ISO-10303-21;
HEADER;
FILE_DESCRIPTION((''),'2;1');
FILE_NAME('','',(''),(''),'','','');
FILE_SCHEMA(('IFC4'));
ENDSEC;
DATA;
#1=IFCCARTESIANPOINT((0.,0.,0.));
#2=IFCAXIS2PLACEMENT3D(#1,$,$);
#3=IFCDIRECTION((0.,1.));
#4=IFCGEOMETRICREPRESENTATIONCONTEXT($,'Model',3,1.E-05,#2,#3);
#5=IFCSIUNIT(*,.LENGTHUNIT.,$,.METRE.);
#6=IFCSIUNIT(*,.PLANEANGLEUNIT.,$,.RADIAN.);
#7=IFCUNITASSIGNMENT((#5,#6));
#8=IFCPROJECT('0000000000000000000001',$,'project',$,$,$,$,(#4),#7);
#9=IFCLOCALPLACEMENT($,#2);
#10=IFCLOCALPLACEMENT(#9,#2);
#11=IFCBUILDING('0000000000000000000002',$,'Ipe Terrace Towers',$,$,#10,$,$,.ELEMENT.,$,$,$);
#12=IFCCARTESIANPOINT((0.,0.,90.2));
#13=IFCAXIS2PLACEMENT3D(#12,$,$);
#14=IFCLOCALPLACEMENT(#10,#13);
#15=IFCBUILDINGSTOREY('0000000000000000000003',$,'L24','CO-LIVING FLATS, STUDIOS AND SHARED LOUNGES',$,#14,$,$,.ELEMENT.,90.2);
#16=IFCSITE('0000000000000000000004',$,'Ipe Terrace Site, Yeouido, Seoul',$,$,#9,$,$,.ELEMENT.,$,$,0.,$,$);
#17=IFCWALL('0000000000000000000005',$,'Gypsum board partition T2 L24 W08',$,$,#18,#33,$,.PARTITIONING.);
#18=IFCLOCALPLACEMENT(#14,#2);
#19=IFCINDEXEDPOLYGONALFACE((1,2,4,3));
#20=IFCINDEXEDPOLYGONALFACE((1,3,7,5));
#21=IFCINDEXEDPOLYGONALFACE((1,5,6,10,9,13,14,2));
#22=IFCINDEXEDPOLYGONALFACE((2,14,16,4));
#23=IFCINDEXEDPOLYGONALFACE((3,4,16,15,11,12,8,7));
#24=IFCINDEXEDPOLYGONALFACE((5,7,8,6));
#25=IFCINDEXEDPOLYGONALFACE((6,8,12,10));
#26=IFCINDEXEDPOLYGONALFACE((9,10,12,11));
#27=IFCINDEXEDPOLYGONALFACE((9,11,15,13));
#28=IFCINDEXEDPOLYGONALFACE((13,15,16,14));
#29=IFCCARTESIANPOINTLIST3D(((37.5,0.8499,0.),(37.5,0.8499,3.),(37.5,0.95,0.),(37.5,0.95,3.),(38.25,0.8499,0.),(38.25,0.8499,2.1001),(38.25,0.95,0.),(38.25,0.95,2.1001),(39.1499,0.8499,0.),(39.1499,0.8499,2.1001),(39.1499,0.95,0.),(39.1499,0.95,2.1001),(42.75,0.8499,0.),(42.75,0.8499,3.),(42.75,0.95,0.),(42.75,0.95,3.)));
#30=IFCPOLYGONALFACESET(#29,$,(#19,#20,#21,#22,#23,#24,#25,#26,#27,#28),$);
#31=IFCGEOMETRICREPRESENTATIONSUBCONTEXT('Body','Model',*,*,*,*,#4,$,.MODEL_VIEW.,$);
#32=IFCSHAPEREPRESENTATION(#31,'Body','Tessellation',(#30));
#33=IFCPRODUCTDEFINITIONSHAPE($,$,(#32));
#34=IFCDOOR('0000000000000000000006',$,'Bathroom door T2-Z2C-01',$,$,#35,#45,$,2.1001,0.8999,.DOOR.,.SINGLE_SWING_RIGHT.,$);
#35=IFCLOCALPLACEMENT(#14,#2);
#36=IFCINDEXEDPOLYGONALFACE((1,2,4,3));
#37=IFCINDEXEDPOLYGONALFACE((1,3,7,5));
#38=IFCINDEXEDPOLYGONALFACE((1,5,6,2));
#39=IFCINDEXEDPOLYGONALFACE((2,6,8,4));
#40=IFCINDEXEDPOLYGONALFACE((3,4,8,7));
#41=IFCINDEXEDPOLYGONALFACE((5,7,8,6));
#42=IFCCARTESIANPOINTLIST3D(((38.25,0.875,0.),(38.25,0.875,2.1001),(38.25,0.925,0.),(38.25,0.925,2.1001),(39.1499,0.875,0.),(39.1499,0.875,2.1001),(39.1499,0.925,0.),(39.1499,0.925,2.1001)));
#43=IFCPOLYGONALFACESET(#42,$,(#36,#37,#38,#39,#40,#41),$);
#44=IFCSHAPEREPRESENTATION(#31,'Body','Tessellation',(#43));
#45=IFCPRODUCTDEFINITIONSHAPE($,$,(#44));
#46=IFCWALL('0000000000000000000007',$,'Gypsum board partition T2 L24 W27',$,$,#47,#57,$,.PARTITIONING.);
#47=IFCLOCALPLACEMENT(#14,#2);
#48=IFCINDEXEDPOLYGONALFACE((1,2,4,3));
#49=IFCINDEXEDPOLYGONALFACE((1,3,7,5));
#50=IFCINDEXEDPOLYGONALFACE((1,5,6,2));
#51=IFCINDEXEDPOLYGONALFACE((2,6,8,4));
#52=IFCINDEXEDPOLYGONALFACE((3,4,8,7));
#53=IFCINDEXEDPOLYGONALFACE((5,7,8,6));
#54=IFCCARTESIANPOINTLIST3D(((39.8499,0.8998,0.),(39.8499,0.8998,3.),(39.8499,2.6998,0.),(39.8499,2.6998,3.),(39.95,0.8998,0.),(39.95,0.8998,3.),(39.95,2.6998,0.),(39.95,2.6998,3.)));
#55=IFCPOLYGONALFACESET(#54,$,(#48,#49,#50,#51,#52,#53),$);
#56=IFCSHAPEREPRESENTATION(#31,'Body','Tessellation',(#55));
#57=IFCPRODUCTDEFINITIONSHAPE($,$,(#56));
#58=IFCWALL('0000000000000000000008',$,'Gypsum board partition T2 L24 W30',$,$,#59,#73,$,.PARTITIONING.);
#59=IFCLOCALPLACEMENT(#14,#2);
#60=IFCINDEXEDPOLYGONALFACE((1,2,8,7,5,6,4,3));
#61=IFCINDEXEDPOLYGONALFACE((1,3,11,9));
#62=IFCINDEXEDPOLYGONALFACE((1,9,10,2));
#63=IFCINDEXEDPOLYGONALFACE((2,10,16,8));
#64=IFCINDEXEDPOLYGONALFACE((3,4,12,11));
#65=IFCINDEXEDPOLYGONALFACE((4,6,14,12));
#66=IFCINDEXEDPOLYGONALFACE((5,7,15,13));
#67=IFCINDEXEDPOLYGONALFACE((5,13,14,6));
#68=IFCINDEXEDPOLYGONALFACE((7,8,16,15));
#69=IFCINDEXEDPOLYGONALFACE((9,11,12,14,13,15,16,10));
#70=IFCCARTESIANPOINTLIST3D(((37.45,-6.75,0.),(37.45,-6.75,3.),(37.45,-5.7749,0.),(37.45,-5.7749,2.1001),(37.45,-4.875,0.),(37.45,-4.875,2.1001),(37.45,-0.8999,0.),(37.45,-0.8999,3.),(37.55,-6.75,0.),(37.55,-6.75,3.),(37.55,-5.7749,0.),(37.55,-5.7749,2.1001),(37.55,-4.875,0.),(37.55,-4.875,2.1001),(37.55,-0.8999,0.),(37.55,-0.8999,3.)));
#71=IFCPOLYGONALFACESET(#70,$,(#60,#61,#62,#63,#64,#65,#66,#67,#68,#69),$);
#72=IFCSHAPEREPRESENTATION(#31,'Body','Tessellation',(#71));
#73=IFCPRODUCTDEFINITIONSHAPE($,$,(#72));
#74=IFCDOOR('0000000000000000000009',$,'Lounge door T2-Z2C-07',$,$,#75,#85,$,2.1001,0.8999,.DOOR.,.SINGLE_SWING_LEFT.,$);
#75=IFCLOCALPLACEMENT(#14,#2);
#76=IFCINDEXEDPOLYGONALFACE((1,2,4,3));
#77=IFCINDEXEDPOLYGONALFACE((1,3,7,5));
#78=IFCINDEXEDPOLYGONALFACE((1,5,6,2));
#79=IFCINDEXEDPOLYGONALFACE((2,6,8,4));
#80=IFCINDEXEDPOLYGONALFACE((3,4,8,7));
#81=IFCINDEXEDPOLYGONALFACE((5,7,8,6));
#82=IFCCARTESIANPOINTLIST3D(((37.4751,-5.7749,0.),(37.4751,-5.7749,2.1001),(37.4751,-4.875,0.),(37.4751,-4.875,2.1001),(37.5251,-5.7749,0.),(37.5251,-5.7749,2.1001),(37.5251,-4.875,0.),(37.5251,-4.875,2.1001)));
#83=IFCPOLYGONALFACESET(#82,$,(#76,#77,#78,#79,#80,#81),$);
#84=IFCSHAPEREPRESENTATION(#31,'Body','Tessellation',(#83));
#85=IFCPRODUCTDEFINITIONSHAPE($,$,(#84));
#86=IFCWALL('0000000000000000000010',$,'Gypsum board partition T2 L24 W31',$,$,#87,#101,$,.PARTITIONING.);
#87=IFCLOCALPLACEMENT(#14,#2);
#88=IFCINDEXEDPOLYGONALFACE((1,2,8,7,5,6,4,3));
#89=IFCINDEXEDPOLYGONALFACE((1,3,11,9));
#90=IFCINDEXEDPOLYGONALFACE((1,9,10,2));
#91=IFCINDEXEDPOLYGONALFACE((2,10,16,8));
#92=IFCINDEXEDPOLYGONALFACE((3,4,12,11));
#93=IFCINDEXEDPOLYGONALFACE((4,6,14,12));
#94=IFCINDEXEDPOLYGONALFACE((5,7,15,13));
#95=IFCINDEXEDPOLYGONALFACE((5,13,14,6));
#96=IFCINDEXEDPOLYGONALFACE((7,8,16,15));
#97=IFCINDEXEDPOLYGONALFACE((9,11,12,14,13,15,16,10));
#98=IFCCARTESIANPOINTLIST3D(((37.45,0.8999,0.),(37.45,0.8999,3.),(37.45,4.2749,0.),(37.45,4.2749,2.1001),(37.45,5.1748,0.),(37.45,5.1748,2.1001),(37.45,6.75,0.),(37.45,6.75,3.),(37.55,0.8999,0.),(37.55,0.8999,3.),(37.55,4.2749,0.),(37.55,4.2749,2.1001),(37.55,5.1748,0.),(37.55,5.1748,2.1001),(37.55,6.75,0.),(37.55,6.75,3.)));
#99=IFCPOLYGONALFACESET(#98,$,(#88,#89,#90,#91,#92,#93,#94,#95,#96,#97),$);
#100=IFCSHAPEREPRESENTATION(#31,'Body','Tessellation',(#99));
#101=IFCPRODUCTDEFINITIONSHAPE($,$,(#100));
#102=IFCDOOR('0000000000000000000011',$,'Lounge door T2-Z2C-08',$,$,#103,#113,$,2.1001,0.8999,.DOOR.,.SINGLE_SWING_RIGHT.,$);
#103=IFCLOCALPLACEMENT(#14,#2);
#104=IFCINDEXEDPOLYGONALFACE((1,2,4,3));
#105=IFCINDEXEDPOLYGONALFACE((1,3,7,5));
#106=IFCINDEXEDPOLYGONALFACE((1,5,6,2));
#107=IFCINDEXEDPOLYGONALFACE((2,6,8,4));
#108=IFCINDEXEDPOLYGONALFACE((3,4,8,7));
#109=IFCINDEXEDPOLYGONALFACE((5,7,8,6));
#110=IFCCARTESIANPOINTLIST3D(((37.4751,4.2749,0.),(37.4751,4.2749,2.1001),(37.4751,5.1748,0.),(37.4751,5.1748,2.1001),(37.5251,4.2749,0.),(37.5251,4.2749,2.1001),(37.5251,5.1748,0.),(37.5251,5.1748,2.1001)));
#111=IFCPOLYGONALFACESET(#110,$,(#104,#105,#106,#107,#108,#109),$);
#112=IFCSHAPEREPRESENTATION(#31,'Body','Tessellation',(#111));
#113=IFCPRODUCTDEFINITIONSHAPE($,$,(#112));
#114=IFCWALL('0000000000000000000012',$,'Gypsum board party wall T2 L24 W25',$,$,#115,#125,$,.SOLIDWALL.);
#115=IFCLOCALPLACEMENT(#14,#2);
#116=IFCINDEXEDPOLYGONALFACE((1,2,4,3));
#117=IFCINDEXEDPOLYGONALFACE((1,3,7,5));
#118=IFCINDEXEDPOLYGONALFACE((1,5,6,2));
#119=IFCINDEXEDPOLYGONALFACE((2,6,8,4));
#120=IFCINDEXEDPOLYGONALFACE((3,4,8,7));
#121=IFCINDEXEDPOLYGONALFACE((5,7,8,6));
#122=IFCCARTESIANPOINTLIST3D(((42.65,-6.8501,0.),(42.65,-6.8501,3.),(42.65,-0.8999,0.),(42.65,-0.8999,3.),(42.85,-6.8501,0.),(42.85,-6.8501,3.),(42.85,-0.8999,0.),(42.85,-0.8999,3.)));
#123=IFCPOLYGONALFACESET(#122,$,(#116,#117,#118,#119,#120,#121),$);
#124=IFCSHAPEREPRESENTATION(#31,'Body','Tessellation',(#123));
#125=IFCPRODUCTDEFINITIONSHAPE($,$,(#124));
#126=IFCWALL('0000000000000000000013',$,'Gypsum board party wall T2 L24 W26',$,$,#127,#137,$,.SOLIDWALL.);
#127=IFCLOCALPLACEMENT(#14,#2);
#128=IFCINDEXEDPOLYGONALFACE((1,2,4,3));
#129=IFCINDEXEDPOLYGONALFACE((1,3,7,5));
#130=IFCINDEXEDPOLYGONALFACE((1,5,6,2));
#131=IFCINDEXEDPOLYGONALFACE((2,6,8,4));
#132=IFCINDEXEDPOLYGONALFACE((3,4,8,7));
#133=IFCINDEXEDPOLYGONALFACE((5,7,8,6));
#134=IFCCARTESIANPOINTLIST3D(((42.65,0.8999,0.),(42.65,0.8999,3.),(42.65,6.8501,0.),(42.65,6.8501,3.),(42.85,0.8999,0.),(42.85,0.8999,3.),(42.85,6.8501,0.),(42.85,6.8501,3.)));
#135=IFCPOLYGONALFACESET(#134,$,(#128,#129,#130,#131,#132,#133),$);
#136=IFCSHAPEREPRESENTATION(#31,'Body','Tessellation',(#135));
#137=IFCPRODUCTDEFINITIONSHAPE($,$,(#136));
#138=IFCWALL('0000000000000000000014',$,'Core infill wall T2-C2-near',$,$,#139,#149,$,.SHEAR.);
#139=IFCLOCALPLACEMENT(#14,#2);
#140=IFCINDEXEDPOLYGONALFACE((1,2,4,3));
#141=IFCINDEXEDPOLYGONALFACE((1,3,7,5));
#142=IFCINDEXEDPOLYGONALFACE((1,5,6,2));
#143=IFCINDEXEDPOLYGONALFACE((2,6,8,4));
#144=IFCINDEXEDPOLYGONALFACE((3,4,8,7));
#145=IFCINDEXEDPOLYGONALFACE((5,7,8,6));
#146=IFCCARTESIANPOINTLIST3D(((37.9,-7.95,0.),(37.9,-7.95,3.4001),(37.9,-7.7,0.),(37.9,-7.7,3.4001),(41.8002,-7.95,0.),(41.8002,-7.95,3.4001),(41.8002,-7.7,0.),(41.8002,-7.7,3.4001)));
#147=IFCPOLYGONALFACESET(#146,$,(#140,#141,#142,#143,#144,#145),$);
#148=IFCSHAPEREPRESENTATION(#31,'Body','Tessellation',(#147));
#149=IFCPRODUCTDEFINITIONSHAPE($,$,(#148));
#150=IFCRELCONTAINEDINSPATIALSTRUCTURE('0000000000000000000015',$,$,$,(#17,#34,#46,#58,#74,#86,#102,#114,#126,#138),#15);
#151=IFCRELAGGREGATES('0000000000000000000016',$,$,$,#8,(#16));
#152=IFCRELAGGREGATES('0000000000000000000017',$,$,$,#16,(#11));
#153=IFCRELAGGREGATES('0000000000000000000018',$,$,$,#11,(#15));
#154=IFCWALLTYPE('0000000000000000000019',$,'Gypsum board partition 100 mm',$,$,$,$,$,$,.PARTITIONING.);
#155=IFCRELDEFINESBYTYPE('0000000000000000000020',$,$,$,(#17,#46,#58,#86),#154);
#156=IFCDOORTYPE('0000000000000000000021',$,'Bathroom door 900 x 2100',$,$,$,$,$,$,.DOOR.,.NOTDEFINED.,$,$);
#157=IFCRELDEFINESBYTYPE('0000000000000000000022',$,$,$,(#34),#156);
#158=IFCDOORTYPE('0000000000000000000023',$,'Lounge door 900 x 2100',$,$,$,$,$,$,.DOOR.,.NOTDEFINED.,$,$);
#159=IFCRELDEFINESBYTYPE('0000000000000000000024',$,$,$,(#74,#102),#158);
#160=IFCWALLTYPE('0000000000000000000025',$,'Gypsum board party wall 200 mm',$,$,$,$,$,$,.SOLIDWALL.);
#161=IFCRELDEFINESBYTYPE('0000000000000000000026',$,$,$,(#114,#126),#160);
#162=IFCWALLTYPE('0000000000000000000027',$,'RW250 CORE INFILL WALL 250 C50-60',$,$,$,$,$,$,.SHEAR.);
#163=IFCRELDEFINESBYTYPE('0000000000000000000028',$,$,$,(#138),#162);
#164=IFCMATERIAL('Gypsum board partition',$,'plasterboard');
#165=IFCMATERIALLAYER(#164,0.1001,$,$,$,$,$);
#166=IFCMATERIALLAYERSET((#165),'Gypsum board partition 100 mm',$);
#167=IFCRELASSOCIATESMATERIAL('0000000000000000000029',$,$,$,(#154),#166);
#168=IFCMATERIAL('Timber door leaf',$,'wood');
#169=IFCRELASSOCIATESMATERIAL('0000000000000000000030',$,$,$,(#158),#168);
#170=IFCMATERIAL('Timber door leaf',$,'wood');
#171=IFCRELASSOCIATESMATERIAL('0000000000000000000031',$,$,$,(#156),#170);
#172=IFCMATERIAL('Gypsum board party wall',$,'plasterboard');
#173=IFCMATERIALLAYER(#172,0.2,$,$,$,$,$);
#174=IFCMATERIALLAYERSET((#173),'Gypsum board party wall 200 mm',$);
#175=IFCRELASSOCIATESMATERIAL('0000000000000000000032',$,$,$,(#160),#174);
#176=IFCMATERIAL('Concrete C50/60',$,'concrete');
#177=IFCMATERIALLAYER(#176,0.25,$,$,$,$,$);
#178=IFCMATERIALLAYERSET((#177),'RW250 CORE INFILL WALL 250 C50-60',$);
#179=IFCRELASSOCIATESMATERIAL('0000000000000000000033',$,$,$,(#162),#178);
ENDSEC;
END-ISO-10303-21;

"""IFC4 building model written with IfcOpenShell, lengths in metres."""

from ifc_helpers import new_model, si_unit, direction, frame, frame_2d, origin, place, context, subcontext, project, spatial, rectangle, extrude, material, layer, layer_set, type_object, element, fill, save


model = new_model("IFC4")

# Units and contexts
model_context = context("Model", 3, precision=1e-05, world=origin(), true_north=direction((0.0, 1.0)))
body_context = subcontext(model_context, "Body", "Model", "MODEL_VIEW")
ifc_project = project(units=[si_unit("LENGTHUNIT", "METRE"), si_unit("PLANEANGLEUNIT", "RADIAN")], contexts=[model_context])

# Site, building, storey
site_placement = place(None, origin())
site = spatial("IfcSite", under=ifc_project, at=site_placement, Name="Ipe Terrace Site, Yeouido, Seoul", CompositionType="ELEMENT", RefElevation=0.0)
building_placement = place(site_placement, origin())
building = spatial("IfcBuilding", under=site, at=building_placement, Name="Ipe Terrace Towers", CompositionType="ELEMENT")
storey_placement = place(building_placement, frame((0.0, 0.0, 90.2)))
storey = spatial("IfcBuildingStorey", under=building, at=storey_placement, Name="L24", Description="CO-LIVING FLATS, STUDIOS AND SHARED LOUNGES", CompositionType="ELEMENT", Elevation=90.2)

# Shared definitions
ifc_material_1 = material(Name="Gypsum board partition", Category="plasterboard")
ifc_layer_1 = layer(ifc_material_1, 0.1001)
ifc_layer_set_1 = layer_set([ifc_layer_1], Name="Gypsum board partition 100 mm")
wall_type_1 = type_object("IfcWallType", Name="Gypsum board partition 100 mm", PredefinedType="PARTITIONING", material=ifc_layer_set_1)

# Wall, opening, door
ifc_material_2 = material(Name="Timber door leaf", Category="wood")
door_type_1 = type_object("IfcDoorType", Name="Lounge door 900 x 2100", OperationType="NOTDEFINED", PredefinedType="DOOR", material=ifc_material_2)
wall_1_placement = place(storey_placement, frame((42.75, 0.8999, 0.0), z_axis=(0.0, 0.0, 1.0), x_axis=(-1.0, 0.0, 0.0)))
wall_1 = element("IfcWall", 1, at=wall_1_placement, inside=storey, type_object=wall_type_1, Name="Gypsum board partition T2 L24 W08", PredefinedType="PARTITIONING", context=body_context, shape_type="SweptSolid", body=[
    extrude(rectangle(XDim=5.25, YDim=0.1001, at=frame_2d((2.625, 0.0))), origin(), (0.0, 0.0, 1.0), 3.0),
])
opening_1_placement = place(wall_1_placement, frame((3.6001, 0.0, 0.0)))
opening_1 = element("IfcOpeningElement", 2, at=opening_1_placement, cuts=wall_1, PredefinedType="OPENING", context=body_context, shape_type="SweptSolid", body=[
    extrude(rectangle(XDim=0.8999, YDim=2.1001, at=frame_2d((0.45, 1.05))), frame((0.0, 0.0601, 0.0), z_axis=(0.0, -1.0, 0.0), x_axis=(1.0, 0.0, 0.0)), (0.0, 0.0, 1.0), 0.1201),
])
ifc_material_3 = material(Name="Timber door leaf", Category="wood")
door_type_2 = type_object("IfcDoorType", Name="Bathroom door 900 x 2100", OperationType="NOTDEFINED", PredefinedType="DOOR", material=ifc_material_3)
door_1_placement = place(opening_1_placement, origin())
door_1 = element("IfcDoor", 3, at=door_1_placement, inside=storey, type_object=door_type_2, Name="Bathroom door T2-Z2C-01", OperationType="SINGLE_SWING_RIGHT", OverallHeight=2.1001, OverallWidth=0.8999, PredefinedType="DOOR", context=body_context, shape_type="SweptSolid", body=[
    extrude(rectangle(XDim=0.8999, YDim=2.1001, at=frame_2d((0.45, 1.05))), frame((0.0, 0.0249, 0.0), z_axis=(0.0, -1.0, 0.0), x_axis=(1.0, 0.0, 0.0)), (0.0, 0.0, 1.0), 0.05),
])
fill(opening_1, door_1)

# Wall
wall_2_placement = place(storey_placement, frame((39.8999, 0.8999, 0.0), z_axis=(0.0, 0.0, 1.0), x_axis=(0.0, 1.0, 0.0)))
element("IfcWall", 4, at=wall_2_placement, inside=storey, type_object=wall_type_1, Name="Gypsum board partition T2 L24 W27", PredefinedType="PARTITIONING", context=body_context, shape_type="SweptSolid", body=[
    extrude(rectangle(XDim=1.8, YDim=0.1001, at=frame_2d((0.8999, 0.0))), origin(), (0.0, 0.0, 1.0), 3.0),
])

# Walls, openings, doors
wall_3_placement = place(storey_placement, frame((37.5, -6.75, 0.0), z_axis=(0.0, 0.0, 1.0), x_axis=(0.0, 1.0, 0.0)))
wall_3 = element("IfcWall", 5, at=wall_3_placement, inside=storey, type_object=wall_type_1, Name="Gypsum board partition T2 L24 W30", PredefinedType="PARTITIONING", context=body_context, shape_type="SweptSolid", body=[
    extrude(rectangle(XDim=5.8501, YDim=0.1001, at=frame_2d((2.925, 0.0))), origin(), (0.0, 0.0, 1.0), 3.0),
])
opening_2_placement = place(wall_3_placement, frame((0.9751, 0.0, 0.0)))
opening_2 = element("IfcOpeningElement", 6, at=opening_2_placement, cuts=wall_3, PredefinedType="OPENING", context=body_context, shape_type="SweptSolid", body=[
    extrude(rectangle(XDim=0.8999, YDim=2.1001, at=frame_2d((0.45, 1.05))), frame((0.0, 0.0601, 0.0), z_axis=(0.0, -1.0, 0.0), x_axis=(1.0, 0.0, 0.0)), (0.0, 0.0, 1.0), 0.1201),
])
door_2_placement = place(opening_2_placement, origin())
door_2 = element("IfcDoor", 7, at=door_2_placement, inside=storey, type_object=door_type_1, Name="Lounge door T2-Z2C-07", OperationType="SINGLE_SWING_LEFT", OverallHeight=2.1001, OverallWidth=0.8999, PredefinedType="DOOR", context=body_context, shape_type="SweptSolid", body=[
    extrude(rectangle(XDim=0.8999, YDim=2.1001, at=frame_2d((0.45, 1.05))), frame((0.0, 0.0249, 0.0), z_axis=(0.0, -1.0, 0.0), x_axis=(1.0, 0.0, 0.0)), (0.0, 0.0, 1.0), 0.05),
])
fill(opening_2, door_2)
wall_4_placement = place(storey_placement, frame((37.5, 0.8999, 0.0), z_axis=(0.0, 0.0, 1.0), x_axis=(0.0, 1.0, 0.0)))
wall_4 = element("IfcWall", 8, at=wall_4_placement, inside=storey, type_object=wall_type_1, Name="Gypsum board partition T2 L24 W31", PredefinedType="PARTITIONING", context=body_context, shape_type="SweptSolid", body=[
    extrude(rectangle(XDim=5.8501, YDim=0.1001, at=frame_2d((2.925, 0.0))), origin(), (0.0, 0.0, 1.0), 3.0),
])
opening_3_placement = place(wall_4_placement, frame((3.375, 0.0, 0.0)))
opening_3 = element("IfcOpeningElement", 9, at=opening_3_placement, cuts=wall_4, PredefinedType="OPENING", context=body_context, shape_type="SweptSolid", body=[
    extrude(rectangle(XDim=0.8999, YDim=2.1001, at=frame_2d((0.45, 1.05))), frame((0.0, 0.0601, 0.0), z_axis=(0.0, -1.0, 0.0), x_axis=(1.0, 0.0, 0.0)), (0.0, 0.0, 1.0), 0.1201),
])
door_3_placement = place(opening_3_placement, origin())
door_3 = element("IfcDoor", 10, at=door_3_placement, inside=storey, type_object=door_type_1, Name="Lounge door T2-Z2C-08", OperationType="SINGLE_SWING_RIGHT", OverallHeight=2.1001, OverallWidth=0.8999, PredefinedType="DOOR", context=body_context, shape_type="SweptSolid", body=[
    extrude(rectangle(XDim=0.8999, YDim=2.1001, at=frame_2d((0.45, 1.05))), frame((0.0, 0.0249, 0.0), z_axis=(0.0, -1.0, 0.0), x_axis=(1.0, 0.0, 0.0)), (0.0, 0.0, 1.0), 0.05),
])
fill(opening_3, door_3)

# Walls
ifc_material_4 = material(Name="Gypsum board party wall", Category="plasterboard")
ifc_layer_2 = layer(ifc_material_4, 0.2)
ifc_layer_set_2 = layer_set([ifc_layer_2], Name="Gypsum board party wall 200 mm")
wall_type_2 = type_object("IfcWallType", Name="Gypsum board party wall 200 mm", PredefinedType="SOLIDWALL", material=ifc_layer_set_2)
for number, where, z_axis, x_axis, name in (
    (11, (42.75, -6.8501, 0.0), (0.0, 0.0, 1.0), (0.0, 1.0, 0.0), "Gypsum board party wall T2 L24 W25"),
    (12, (42.75, 0.8999, 0.0), (0.0, 0.0, 1.0), (0.0, 1.0, 0.0), "Gypsum board party wall T2 L24 W26"),
):
    element("IfcWall", number, at=place(storey_placement, frame(where, z_axis=z_axis, x_axis=x_axis)), inside=storey, type_object=wall_type_2, Name=name, PredefinedType="SOLIDWALL", context=body_context, shape_type="SweptSolid", body=[
        extrude(rectangle(XDim=5.9502, YDim=0.2, at=frame_2d((2.9751, 0.0))), origin(), (0.0, 0.0, 1.0), 3.0),
    ])
ifc_material_5 = material(Name="Concrete C50/60", Category="concrete")
ifc_layer_3 = layer(ifc_material_5, 0.25)
ifc_layer_set_3 = layer_set([ifc_layer_3], Name="RW250 CORE INFILL WALL 250 C50-60")
wall_type_3 = type_object("IfcWallType", Name="RW250 CORE INFILL WALL 250 C50-60", PredefinedType="SHEAR", material=ifc_layer_set_3)
wall_5_placement = place(storey_placement, frame((37.8999, -7.825, 0.0), z_axis=(0.0, 0.0, 1.0), x_axis=(1.0, 0.0, 0.0)))
element("IfcWall", 13, at=wall_5_placement, inside=storey, type_object=wall_type_3, Name="Core infill wall T2-C2-near", PredefinedType="SHEAR", context=body_context, shape_type="SweptSolid", body=[
    extrude(rectangle(XDim=3.9001, YDim=0.25, at=frame_2d((1.9502, 0.0))), origin(), (0.0, 0.0, 1.0), 3.4001),
])

save(model, "model.ifc")
